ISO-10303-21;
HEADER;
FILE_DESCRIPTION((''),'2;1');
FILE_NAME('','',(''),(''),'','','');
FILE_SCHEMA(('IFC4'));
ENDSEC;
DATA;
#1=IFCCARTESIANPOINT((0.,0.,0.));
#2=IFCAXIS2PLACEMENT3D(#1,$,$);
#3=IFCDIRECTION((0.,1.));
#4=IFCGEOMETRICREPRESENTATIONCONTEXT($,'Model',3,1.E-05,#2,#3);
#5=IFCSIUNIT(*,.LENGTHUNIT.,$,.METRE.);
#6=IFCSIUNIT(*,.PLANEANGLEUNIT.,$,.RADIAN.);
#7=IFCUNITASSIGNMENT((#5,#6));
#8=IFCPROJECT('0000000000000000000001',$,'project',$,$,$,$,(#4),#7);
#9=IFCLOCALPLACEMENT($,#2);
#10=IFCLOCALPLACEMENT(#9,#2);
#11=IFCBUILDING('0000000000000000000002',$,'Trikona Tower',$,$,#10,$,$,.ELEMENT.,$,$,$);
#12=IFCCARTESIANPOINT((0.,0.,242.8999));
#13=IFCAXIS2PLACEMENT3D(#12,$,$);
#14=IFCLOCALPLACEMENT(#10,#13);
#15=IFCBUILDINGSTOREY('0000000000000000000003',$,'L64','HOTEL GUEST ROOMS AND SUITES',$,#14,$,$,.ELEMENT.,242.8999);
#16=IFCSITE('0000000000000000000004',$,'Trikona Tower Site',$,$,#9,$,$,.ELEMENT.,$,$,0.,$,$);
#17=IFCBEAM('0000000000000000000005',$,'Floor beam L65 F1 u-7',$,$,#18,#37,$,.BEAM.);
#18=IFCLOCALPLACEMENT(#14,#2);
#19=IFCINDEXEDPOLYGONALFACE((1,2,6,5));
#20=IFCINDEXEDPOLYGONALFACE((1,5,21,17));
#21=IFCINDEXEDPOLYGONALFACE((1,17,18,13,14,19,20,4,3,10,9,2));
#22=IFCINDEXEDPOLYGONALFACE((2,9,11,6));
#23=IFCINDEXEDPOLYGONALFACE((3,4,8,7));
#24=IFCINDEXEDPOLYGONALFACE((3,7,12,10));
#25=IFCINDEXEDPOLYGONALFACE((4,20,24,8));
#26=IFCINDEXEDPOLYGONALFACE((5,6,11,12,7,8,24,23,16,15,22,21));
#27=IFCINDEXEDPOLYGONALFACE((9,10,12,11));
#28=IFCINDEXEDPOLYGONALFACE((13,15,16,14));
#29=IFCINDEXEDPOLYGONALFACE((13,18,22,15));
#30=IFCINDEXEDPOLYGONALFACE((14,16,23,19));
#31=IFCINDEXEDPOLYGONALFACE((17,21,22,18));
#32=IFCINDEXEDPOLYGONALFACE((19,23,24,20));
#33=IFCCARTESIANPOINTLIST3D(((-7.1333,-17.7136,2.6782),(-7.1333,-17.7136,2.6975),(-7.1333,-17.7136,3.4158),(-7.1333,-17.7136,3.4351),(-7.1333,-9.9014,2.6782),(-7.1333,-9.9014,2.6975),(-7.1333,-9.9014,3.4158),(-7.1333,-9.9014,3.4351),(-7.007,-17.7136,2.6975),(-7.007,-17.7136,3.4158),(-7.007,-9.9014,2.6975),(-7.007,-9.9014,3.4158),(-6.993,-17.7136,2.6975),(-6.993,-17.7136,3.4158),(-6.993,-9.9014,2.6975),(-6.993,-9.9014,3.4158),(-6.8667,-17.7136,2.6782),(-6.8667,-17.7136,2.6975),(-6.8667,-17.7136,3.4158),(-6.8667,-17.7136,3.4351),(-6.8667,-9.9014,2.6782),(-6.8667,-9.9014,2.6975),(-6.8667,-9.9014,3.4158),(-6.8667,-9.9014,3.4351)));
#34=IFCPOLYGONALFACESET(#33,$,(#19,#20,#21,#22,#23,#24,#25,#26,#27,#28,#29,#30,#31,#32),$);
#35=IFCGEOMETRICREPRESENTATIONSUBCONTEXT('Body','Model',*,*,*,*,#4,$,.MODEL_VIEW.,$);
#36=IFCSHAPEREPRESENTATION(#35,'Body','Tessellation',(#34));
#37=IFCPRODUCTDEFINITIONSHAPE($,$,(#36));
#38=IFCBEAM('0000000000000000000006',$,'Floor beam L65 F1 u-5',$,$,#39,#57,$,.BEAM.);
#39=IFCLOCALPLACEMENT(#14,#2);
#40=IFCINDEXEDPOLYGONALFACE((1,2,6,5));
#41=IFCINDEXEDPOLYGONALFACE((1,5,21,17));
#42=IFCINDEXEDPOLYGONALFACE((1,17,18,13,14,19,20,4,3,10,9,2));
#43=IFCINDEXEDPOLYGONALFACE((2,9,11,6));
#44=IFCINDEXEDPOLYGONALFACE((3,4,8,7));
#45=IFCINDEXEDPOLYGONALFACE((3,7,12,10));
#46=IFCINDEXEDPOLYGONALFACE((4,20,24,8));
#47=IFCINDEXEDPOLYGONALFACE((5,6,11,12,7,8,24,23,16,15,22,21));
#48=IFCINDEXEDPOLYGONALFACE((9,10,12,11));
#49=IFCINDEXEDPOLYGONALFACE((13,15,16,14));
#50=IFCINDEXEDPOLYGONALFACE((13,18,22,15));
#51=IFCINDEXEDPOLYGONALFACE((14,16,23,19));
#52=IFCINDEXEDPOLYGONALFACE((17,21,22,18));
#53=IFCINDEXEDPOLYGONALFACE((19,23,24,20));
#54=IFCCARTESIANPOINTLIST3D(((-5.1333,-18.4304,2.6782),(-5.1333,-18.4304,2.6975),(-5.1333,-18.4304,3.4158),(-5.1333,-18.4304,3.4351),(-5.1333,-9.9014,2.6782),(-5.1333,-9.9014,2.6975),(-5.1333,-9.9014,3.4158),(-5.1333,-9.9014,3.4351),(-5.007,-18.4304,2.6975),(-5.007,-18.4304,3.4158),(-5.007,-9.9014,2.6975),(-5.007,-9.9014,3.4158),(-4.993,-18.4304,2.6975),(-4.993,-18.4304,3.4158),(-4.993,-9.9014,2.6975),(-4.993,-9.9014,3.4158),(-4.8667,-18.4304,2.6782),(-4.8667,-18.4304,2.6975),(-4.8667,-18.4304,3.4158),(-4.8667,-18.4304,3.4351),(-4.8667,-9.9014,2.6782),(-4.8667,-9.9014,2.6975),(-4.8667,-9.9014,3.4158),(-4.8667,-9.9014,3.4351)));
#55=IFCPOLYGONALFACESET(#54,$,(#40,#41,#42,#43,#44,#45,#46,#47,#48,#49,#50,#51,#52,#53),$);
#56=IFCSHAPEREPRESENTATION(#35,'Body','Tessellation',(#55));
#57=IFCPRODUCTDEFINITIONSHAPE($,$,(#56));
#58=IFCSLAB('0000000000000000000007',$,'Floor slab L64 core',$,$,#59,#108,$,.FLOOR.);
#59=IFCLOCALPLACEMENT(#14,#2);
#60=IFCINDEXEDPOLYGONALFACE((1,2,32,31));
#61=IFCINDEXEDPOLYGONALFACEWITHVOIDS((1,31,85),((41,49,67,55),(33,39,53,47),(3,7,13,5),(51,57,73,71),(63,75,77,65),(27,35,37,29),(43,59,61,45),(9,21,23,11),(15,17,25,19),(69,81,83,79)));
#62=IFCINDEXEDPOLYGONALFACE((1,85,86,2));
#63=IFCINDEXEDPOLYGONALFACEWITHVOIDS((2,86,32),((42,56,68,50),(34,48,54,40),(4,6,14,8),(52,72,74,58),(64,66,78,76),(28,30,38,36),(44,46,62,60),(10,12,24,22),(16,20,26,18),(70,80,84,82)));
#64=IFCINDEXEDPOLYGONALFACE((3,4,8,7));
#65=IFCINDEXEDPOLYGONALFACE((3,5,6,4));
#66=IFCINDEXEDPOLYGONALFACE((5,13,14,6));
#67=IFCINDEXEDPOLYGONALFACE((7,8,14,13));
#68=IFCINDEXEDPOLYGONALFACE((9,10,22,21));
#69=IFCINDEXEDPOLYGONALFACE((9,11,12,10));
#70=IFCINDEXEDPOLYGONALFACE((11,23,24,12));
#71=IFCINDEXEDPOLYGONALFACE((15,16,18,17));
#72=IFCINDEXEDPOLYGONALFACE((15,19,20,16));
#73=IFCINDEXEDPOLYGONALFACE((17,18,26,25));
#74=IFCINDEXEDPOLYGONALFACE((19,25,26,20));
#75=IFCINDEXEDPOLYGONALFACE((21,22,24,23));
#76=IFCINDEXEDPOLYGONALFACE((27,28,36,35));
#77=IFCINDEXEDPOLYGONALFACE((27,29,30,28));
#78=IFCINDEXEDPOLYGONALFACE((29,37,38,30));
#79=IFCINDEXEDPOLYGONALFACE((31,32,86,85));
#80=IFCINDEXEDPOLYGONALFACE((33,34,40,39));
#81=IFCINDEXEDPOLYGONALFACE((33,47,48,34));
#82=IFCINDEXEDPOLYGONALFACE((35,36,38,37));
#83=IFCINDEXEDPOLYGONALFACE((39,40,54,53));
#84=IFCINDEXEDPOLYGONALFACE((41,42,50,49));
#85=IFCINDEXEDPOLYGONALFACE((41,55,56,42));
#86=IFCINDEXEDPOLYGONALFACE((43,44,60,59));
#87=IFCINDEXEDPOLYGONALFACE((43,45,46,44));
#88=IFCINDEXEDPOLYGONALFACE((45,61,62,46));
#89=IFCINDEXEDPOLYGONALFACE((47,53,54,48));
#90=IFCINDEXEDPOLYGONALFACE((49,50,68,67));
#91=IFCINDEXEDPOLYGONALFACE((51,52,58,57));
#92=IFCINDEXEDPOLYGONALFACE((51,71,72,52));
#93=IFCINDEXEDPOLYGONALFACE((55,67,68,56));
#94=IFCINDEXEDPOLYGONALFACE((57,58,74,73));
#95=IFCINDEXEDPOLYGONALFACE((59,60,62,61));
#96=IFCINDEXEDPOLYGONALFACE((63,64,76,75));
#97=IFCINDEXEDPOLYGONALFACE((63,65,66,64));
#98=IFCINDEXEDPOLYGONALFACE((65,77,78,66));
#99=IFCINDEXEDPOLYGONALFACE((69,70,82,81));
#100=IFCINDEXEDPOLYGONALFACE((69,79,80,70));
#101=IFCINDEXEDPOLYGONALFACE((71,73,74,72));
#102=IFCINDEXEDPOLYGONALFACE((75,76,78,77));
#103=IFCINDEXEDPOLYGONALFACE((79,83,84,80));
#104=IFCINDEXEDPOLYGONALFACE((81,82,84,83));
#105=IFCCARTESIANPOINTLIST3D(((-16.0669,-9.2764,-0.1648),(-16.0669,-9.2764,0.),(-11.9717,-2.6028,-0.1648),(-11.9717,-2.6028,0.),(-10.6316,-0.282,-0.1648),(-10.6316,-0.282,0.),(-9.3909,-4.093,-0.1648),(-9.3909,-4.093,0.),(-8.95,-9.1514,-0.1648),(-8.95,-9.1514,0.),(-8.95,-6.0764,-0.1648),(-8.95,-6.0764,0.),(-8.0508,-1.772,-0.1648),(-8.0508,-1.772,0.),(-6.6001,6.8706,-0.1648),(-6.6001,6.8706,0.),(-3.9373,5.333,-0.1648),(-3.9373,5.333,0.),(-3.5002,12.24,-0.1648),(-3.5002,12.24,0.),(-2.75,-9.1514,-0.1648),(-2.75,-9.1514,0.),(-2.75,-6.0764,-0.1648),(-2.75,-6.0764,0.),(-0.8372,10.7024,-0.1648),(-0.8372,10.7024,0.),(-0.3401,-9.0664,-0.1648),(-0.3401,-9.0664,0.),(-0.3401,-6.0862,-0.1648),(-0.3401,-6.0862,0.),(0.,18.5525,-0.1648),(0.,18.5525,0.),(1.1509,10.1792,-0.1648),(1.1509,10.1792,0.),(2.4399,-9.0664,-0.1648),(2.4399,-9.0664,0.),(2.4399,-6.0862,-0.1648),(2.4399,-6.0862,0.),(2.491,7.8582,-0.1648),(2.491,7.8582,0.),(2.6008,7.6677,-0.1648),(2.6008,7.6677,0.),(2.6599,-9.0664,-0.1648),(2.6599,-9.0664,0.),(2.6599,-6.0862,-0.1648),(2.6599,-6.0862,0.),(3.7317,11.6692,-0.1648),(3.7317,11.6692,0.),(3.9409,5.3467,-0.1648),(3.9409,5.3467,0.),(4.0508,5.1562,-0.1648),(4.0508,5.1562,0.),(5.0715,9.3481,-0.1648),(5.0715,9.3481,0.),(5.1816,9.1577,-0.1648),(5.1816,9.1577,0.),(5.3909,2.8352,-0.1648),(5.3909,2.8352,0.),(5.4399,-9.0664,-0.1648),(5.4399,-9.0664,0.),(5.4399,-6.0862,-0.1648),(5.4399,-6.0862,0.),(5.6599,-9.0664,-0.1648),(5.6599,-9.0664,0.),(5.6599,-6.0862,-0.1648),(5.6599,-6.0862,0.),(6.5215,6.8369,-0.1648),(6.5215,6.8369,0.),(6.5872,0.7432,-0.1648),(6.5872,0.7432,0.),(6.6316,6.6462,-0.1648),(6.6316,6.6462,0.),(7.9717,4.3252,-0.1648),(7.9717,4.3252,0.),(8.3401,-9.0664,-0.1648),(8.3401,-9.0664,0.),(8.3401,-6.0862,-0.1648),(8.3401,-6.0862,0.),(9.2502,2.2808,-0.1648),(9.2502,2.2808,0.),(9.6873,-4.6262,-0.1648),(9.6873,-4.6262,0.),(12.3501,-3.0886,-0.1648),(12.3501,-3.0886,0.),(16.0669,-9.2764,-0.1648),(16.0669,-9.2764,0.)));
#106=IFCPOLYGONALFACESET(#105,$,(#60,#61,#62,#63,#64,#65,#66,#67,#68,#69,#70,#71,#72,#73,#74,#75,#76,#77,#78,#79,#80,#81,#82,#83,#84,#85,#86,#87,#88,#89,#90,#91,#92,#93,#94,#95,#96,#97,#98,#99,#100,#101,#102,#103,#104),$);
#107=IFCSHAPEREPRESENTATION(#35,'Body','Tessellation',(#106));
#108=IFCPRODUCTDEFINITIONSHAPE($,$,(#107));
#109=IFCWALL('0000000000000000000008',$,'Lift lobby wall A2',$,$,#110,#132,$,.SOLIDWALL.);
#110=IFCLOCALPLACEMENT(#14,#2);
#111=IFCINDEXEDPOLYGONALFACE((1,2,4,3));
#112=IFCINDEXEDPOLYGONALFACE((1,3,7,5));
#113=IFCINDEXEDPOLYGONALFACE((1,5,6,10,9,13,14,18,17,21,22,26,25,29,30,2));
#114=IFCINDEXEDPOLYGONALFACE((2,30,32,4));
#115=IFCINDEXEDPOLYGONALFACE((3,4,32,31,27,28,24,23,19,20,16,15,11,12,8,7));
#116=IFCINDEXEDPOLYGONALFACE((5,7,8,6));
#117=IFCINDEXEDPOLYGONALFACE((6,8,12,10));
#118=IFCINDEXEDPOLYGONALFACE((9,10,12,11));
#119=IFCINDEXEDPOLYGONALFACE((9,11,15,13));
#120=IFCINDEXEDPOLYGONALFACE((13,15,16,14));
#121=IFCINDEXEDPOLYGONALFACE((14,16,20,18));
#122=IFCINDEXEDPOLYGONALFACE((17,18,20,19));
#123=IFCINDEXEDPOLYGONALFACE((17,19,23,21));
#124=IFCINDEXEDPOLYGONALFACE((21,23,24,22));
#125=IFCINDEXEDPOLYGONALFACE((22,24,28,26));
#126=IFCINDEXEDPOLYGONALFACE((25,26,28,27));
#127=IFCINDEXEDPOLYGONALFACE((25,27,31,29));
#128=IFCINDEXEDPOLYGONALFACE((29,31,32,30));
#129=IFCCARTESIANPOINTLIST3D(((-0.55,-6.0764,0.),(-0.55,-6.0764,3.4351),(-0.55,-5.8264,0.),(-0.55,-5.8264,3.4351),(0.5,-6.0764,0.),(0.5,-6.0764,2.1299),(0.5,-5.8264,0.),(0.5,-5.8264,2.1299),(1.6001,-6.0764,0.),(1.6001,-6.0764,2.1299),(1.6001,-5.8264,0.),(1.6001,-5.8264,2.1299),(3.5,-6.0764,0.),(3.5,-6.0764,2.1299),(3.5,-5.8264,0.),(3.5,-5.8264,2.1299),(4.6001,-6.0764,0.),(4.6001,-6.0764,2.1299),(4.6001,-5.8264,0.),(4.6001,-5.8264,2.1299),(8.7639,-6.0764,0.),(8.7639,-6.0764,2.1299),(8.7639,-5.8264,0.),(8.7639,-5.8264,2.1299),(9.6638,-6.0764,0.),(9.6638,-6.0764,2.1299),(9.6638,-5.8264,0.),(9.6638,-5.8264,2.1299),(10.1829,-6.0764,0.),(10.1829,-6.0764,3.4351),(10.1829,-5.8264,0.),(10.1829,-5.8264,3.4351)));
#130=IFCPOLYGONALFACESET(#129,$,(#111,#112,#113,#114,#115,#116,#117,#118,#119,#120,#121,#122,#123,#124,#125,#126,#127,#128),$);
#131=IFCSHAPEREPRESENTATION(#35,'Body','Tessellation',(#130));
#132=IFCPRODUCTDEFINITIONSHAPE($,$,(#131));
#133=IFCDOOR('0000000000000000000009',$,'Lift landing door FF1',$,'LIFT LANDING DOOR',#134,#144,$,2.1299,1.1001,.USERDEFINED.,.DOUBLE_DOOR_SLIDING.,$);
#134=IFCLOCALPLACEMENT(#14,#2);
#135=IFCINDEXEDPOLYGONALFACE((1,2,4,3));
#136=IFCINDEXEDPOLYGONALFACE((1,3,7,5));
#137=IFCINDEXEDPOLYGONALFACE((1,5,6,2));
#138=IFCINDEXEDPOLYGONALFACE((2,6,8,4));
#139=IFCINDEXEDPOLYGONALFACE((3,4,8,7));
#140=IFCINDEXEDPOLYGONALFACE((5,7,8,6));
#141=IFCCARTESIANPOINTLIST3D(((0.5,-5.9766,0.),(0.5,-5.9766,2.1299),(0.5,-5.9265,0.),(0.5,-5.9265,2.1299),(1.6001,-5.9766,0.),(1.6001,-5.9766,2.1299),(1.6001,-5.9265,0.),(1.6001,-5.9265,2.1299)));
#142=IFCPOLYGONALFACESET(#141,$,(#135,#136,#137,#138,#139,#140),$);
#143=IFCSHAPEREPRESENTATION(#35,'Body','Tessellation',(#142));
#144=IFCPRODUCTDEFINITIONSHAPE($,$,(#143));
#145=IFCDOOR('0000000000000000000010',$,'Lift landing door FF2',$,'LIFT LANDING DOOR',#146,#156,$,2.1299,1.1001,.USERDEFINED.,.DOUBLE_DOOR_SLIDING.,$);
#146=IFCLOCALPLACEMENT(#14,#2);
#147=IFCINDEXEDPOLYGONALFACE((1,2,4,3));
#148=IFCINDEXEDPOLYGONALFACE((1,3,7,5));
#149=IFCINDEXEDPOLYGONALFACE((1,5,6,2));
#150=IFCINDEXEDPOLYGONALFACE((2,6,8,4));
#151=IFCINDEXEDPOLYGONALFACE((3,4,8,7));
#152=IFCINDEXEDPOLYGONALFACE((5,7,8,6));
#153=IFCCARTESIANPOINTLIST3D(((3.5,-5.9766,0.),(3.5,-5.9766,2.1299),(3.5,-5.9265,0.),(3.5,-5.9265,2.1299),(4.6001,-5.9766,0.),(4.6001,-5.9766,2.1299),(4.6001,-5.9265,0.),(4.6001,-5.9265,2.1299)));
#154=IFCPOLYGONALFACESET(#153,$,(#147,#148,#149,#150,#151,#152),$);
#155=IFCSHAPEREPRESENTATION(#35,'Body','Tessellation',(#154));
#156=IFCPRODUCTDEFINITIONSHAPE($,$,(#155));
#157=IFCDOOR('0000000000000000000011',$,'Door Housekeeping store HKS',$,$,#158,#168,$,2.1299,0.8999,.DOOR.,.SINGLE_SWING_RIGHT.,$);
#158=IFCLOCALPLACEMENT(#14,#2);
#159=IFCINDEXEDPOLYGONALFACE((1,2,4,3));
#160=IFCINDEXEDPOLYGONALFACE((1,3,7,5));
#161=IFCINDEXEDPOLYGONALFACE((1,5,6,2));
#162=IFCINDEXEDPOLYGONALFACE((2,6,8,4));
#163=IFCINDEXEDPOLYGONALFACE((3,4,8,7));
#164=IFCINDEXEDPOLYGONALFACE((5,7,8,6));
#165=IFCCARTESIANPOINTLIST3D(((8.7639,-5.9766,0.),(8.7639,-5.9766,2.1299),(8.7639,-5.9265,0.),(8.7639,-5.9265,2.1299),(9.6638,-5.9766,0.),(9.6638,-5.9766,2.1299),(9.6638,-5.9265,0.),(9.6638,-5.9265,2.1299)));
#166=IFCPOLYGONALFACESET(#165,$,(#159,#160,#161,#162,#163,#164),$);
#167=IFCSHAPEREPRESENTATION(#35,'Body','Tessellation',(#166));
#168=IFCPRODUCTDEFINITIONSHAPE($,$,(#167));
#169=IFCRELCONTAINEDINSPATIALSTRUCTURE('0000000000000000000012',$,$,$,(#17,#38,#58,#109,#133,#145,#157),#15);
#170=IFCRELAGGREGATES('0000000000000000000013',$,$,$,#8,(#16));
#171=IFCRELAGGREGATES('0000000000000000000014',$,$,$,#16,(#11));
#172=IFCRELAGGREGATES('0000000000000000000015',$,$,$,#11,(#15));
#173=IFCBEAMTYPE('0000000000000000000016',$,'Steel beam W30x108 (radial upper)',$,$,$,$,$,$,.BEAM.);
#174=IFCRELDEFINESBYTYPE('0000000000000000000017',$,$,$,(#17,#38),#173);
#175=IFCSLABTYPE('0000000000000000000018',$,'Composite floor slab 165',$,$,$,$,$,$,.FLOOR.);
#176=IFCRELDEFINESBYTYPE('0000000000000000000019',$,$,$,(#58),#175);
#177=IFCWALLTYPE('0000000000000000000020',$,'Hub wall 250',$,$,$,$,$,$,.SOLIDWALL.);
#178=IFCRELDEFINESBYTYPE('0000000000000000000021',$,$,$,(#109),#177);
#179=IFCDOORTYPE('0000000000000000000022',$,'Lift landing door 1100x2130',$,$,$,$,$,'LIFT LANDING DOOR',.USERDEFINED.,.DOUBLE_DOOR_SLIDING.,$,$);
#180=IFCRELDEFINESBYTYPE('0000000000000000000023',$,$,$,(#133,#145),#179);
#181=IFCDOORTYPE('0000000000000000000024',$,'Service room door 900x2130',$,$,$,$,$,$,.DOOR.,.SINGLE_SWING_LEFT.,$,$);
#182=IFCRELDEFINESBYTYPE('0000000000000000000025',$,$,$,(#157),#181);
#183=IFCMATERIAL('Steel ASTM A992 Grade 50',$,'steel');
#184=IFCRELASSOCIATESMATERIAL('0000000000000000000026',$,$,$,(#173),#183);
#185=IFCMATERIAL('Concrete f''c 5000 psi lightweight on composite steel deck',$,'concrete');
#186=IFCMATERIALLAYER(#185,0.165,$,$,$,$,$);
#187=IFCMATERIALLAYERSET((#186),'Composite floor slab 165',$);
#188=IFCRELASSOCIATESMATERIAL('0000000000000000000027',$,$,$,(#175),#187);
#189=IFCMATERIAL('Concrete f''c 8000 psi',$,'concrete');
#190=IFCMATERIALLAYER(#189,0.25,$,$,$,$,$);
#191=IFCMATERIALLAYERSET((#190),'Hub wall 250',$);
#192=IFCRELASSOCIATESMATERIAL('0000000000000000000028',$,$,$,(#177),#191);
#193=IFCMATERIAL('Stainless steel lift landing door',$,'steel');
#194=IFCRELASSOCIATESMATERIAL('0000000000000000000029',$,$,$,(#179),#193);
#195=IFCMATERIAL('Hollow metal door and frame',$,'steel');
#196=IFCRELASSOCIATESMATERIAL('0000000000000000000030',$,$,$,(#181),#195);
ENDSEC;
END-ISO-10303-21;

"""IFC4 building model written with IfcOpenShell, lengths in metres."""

from ifc_helpers import new_model, si_unit, direction, frame, frame_2d, origin, origin_2d, place, context, subcontext, project, spatial, polyline, rectangle, i_section, outline, extrude, material, layer, layer_set, material_profile, profile_set, type_object, element, fill, save


model = new_model("IFC4")

# Units and contexts
model_context = context("Model", 3, precision=1e-05, world=origin(), true_north=direction((0.0, 1.0)))
body_context = subcontext(model_context, "Body", "Model", "MODEL_VIEW")
ifc_project = project(units=[si_unit("LENGTHUNIT", "METRE"), si_unit("PLANEANGLEUNIT", "RADIAN")], contexts=[model_context])

# Site, building, storey
site_placement = place(None, origin())
site = spatial("IfcSite", under=ifc_project, at=site_placement, Name="Trikona Tower Site", CompositionType="ELEMENT", RefElevation=0.0)
building_placement = place(site_placement, origin())
building = spatial("IfcBuilding", under=site, at=building_placement, Name="Trikona Tower", CompositionType="ELEMENT")
storey_placement = place(building_placement, frame((0.0, 0.0, 242.8999)))
storey = spatial("IfcBuildingStorey", under=building, at=storey_placement, Name="L64", Description="HOTEL GUEST ROOMS AND SUITES", CompositionType="ELEMENT", Elevation=242.8999)

# Beams
ifc_material_1 = material(Name="Steel ASTM A992 Grade 50", Category="steel")
ifc_material_profile = material_profile(ifc_material_1, i_section(OverallWidth=0.2666, OverallDepth=0.7568, WebThickness=0.0139, FlangeThickness=0.0193, at=origin_2d()), Name="W30X108")
ifc_profile_set = profile_set([ifc_material_profile], Name="Steel ASTM A992 Grade 50")
beam_type = type_object("IfcBeamType", Name="Steel beam W30x108 (radial upper)", PredefinedType="BEAM", material=ifc_profile_set)
beam_1_placement = place(storey_placement, frame((-7.0, -9.9014, 3.0566), z_axis=(0.0, -1.0, 0.0), x_axis=(1.0, 0.0, 0.0)))
element("IfcBeam", 1, at=beam_1_placement, inside=storey, type_object=beam_type, Name="Floor beam L65 F1 u-7", PredefinedType="BEAM", context=body_context, shape_type="SweptSolid", body=[
    extrude(i_section(OverallWidth=0.2666, OverallDepth=0.7568, WebThickness=0.0139, FlangeThickness=0.0193, at=origin_2d()), origin(), (0.0, 0.0, 1.0), 7.8123),
])
beam_2_placement = place(storey_placement, frame((-5.0, -9.9014, 3.0566), z_axis=(0.0, -1.0, 0.0), x_axis=(1.0, 0.0, 0.0)))
element("IfcBeam", 2, at=beam_2_placement, inside=storey, type_object=beam_type, Name="Floor beam L65 F1 u-5", PredefinedType="BEAM", context=body_context, shape_type="SweptSolid", body=[
    extrude(i_section(OverallWidth=0.2666, OverallDepth=0.7568, WebThickness=0.0139, FlangeThickness=0.0193, at=origin_2d()), origin(), (0.0, 0.0, 1.0), 8.5291),
])

# Slab
ifc_material_2 = material(Name="Concrete f'c 5000 psi lightweight on composite steel deck", Category="concrete")
ifc_layer_1 = layer(ifc_material_2, 0.165)
ifc_layer_set_1 = layer_set([ifc_layer_1], Name="Composite floor slab 165")
slab_type = type_object("IfcSlabType", Name="Composite floor slab 165", PredefinedType="FLOOR", material=ifc_layer_set_1)
slab_placement = place(storey_placement, frame((0.0, 0.0, -0.1648)))
element("IfcSlab", 3, at=slab_placement, inside=storey, type_object=slab_type, Name="Floor slab L64 core", PredefinedType="FLOOR", context=body_context, shape_type="SweptSolid", body=[
    extrude(outline(polyline([(-16.0669, -9.2764), (16.0669, -9.2764), (0.0, 18.5525), (-16.0669, -9.2764)]), holes=[polyline([(6.5872, 0.7432), (9.6873, -4.6262), (12.3501, -3.0886), (9.2502, 2.2808), (6.5872, 0.7432)]), polyline([(5.6599, -6.0862), (5.6599, -9.0664), (8.3401, -9.0664), (8.3401, -6.0862), (5.6599, -6.0862)]), polyline([(6.6316, 6.6462), (4.0508, 5.1562), (5.3909, 2.8352), (7.9717, 4.3252), (6.6316, 6.6462)]), polyline([(6.5215, 6.8369), (5.1816, 9.1577), (2.6008, 7.6677), (3.9409, 5.3467), (6.5215, 6.8369)]), polyline([(2.6599, -9.0664), (5.4399, -9.0664), (5.4399, -6.0862), (2.6599, -6.0862), (2.6599, -9.0664)]), polyline([(2.491, 7.8582), (5.0715, 9.3481), (3.7317, 11.6692), (1.1509, 10.1792), (2.491, 7.8582)]), polyline([(2.4399, -9.0664), (2.4399, -6.0862), (-0.3401, -6.0862), (-0.3401, -9.0664), (2.4399, -9.0664)]), polyline([(-3.9373, 5.333), (-0.8372, 10.7024), (-3.5002, 12.24), (-6.6001, 6.8706), (-3.9373, 5.333)]), polyline([(-2.75, -6.0764), (-8.95, -6.0764), (-8.95, -9.1514), (-2.75, -9.1514), (-2.75, -6.0764)]), polyline([(-11.9717, -2.6028), (-9.3909, -4.093), (-8.0508, -1.772), (-10.6316, -0.282), (-11.9717, -2.6028)])]), origin(), (0.0, 0.0, 1.0), 0.1648),
])

# Wall, openings, doors
ifc_material_3 = material(Name="Concrete f'c 8000 psi", Category="concrete")
ifc_layer_2 = layer(ifc_material_3, 0.25)
ifc_layer_set_2 = layer_set([ifc_layer_2], Name="Hub wall 250")
wall_type_1 = type_object("IfcWallType", Name="Hub wall 250", PredefinedType="SOLIDWALL", material=ifc_layer_set_2)
wall_1_placement = place(storey_placement, frame((-0.55, -5.9514, 0.0), z_axis=(0.0, 0.0, 1.0), x_axis=(1.0, 0.0, 0.0)))
wall_1 = element("IfcWall", 4, at=wall_1_placement, inside=storey, type_object=wall_type_1, Name="Lift lobby wall A2", PredefinedType="SOLIDWALL", context=body_context, shape_type="SweptSolid", body=[
    extrude(rectangle(XDim=10.7329, YDim=0.25, at=frame_2d((5.3665, 0.0))), origin(), (0.0, 0.0, 1.0), 3.4351),
])
opening_1_placement = place(wall_1_placement, frame((9.314, 0.0, 0.0)))
opening_1 = element("IfcOpeningElement", 5, at=opening_1_placement, cuts=wall_1, PredefinedType="OPENING", context=body_context, shape_type="SweptSolid", body=[
    extrude(rectangle(XDim=0.8999, YDim=2.1299, at=frame_2d((0.45, 1.0649))), frame((0.0, 0.135, 0.0), z_axis=(0.0, -1.0, 0.0), x_axis=(1.0, 0.0, 0.0)), (0.0, 0.0, 1.0), 0.27),
])
opening_2_placement = place(wall_1_placement, frame((1.05, 0.0, 0.0)))
opening_2 = element("IfcOpeningElement", 6, at=opening_2_placement, cuts=wall_1, PredefinedType="OPENING", context=body_context, shape_type="SweptSolid", body=[
    extrude(rectangle(XDim=1.1001, YDim=2.1299, at=frame_2d((0.55, 1.0649))), frame((0.0, 0.135, 0.0), z_axis=(0.0, -1.0, 0.0), x_axis=(1.0, 0.0, 0.0)), (0.0, 0.0, 1.0), 0.27),
])
opening_3_placement = place(wall_1_placement, frame((4.05, 0.0, 0.0)))
opening_3 = element("IfcOpeningElement", 7, at=opening_3_placement, cuts=wall_1, PredefinedType="OPENING", context=body_context, shape_type="SweptSolid", body=[
    extrude(rectangle(XDim=1.1001, YDim=2.1299, at=frame_2d((0.55, 1.0649))), frame((0.0, 0.135, 0.0), z_axis=(0.0, -1.0, 0.0), x_axis=(1.0, 0.0, 0.0)), (0.0, 0.0, 1.0), 0.27),
])
ifc_material_4 = material(Name="Stainless steel lift landing door", Category="steel")
door_type_1 = type_object("IfcDoorType", Name="Lift landing door 1100x2130", ElementType="LIFT LANDING DOOR", OperationType="DOUBLE_DOOR_SLIDING", PredefinedType="USERDEFINED", material=ifc_material_4)
door_1_placement = place(opening_2_placement, origin())
door_1 = element("IfcDoor", 8, at=door_1_placement, inside=storey, type_object=door_type_1, Name="Lift landing door FF1", ObjectType="LIFT LANDING DOOR", OperationType="DOUBLE_DOOR_SLIDING", OverallHeight=2.1299, OverallWidth=1.1001, PredefinedType="USERDEFINED", context=body_context, shape_type="SweptSolid", body=[
    extrude(rectangle(XDim=1.1001, YDim=2.1299, at=frame_2d((0.55, 1.0649))), frame((0.0, 0.0249, 0.0), z_axis=(0.0, -1.0, 0.0), x_axis=(1.0, 0.0, 0.0)), (0.0, 0.0, 1.0), 0.05),
])
fill(opening_2, door_1)
door_2_placement = place(opening_3_placement, origin())
door_2 = element("IfcDoor", 9, at=door_2_placement, inside=storey, type_object=door_type_1, Name="Lift landing door FF2", ObjectType="LIFT LANDING DOOR", OperationType="DOUBLE_DOOR_SLIDING", OverallHeight=2.1299, OverallWidth=1.1001, PredefinedType="USERDEFINED", context=body_context, shape_type="SweptSolid", body=[
    extrude(rectangle(XDim=1.1001, YDim=2.1299, at=frame_2d((0.55, 1.0649))), frame((0.0, 0.0249, 0.0), z_axis=(0.0, -1.0, 0.0), x_axis=(1.0, 0.0, 0.0)), (0.0, 0.0, 1.0), 0.05),
])
fill(opening_3, door_2)
ifc_material_5 = material(Name="Hollow metal door and frame", Category="steel")
door_type_2 = type_object("IfcDoorType", Name="Service room door 900x2130", OperationType="SINGLE_SWING_LEFT", PredefinedType="DOOR", material=ifc_material_5)
door_3_placement = place(opening_1_placement, origin())
door_3 = element("IfcDoor", 10, at=door_3_placement, inside=storey, type_object=door_type_2, Name="Door Housekeeping store HKS", OperationType="SINGLE_SWING_RIGHT", OverallHeight=2.1299, OverallWidth=0.8999, PredefinedType="DOOR", context=body_context, shape_type="SweptSolid", body=[
    extrude(rectangle(XDim=0.8999, YDim=2.1299, at=frame_2d((0.45, 1.0649))), frame((0.0, 0.0249, 0.0), z_axis=(0.0, -1.0, 0.0), x_axis=(1.0, 0.0, 0.0)), (0.0, 0.0, 1.0), 0.05),
])
fill(opening_1, door_3)

save(model, "model.ifc")
